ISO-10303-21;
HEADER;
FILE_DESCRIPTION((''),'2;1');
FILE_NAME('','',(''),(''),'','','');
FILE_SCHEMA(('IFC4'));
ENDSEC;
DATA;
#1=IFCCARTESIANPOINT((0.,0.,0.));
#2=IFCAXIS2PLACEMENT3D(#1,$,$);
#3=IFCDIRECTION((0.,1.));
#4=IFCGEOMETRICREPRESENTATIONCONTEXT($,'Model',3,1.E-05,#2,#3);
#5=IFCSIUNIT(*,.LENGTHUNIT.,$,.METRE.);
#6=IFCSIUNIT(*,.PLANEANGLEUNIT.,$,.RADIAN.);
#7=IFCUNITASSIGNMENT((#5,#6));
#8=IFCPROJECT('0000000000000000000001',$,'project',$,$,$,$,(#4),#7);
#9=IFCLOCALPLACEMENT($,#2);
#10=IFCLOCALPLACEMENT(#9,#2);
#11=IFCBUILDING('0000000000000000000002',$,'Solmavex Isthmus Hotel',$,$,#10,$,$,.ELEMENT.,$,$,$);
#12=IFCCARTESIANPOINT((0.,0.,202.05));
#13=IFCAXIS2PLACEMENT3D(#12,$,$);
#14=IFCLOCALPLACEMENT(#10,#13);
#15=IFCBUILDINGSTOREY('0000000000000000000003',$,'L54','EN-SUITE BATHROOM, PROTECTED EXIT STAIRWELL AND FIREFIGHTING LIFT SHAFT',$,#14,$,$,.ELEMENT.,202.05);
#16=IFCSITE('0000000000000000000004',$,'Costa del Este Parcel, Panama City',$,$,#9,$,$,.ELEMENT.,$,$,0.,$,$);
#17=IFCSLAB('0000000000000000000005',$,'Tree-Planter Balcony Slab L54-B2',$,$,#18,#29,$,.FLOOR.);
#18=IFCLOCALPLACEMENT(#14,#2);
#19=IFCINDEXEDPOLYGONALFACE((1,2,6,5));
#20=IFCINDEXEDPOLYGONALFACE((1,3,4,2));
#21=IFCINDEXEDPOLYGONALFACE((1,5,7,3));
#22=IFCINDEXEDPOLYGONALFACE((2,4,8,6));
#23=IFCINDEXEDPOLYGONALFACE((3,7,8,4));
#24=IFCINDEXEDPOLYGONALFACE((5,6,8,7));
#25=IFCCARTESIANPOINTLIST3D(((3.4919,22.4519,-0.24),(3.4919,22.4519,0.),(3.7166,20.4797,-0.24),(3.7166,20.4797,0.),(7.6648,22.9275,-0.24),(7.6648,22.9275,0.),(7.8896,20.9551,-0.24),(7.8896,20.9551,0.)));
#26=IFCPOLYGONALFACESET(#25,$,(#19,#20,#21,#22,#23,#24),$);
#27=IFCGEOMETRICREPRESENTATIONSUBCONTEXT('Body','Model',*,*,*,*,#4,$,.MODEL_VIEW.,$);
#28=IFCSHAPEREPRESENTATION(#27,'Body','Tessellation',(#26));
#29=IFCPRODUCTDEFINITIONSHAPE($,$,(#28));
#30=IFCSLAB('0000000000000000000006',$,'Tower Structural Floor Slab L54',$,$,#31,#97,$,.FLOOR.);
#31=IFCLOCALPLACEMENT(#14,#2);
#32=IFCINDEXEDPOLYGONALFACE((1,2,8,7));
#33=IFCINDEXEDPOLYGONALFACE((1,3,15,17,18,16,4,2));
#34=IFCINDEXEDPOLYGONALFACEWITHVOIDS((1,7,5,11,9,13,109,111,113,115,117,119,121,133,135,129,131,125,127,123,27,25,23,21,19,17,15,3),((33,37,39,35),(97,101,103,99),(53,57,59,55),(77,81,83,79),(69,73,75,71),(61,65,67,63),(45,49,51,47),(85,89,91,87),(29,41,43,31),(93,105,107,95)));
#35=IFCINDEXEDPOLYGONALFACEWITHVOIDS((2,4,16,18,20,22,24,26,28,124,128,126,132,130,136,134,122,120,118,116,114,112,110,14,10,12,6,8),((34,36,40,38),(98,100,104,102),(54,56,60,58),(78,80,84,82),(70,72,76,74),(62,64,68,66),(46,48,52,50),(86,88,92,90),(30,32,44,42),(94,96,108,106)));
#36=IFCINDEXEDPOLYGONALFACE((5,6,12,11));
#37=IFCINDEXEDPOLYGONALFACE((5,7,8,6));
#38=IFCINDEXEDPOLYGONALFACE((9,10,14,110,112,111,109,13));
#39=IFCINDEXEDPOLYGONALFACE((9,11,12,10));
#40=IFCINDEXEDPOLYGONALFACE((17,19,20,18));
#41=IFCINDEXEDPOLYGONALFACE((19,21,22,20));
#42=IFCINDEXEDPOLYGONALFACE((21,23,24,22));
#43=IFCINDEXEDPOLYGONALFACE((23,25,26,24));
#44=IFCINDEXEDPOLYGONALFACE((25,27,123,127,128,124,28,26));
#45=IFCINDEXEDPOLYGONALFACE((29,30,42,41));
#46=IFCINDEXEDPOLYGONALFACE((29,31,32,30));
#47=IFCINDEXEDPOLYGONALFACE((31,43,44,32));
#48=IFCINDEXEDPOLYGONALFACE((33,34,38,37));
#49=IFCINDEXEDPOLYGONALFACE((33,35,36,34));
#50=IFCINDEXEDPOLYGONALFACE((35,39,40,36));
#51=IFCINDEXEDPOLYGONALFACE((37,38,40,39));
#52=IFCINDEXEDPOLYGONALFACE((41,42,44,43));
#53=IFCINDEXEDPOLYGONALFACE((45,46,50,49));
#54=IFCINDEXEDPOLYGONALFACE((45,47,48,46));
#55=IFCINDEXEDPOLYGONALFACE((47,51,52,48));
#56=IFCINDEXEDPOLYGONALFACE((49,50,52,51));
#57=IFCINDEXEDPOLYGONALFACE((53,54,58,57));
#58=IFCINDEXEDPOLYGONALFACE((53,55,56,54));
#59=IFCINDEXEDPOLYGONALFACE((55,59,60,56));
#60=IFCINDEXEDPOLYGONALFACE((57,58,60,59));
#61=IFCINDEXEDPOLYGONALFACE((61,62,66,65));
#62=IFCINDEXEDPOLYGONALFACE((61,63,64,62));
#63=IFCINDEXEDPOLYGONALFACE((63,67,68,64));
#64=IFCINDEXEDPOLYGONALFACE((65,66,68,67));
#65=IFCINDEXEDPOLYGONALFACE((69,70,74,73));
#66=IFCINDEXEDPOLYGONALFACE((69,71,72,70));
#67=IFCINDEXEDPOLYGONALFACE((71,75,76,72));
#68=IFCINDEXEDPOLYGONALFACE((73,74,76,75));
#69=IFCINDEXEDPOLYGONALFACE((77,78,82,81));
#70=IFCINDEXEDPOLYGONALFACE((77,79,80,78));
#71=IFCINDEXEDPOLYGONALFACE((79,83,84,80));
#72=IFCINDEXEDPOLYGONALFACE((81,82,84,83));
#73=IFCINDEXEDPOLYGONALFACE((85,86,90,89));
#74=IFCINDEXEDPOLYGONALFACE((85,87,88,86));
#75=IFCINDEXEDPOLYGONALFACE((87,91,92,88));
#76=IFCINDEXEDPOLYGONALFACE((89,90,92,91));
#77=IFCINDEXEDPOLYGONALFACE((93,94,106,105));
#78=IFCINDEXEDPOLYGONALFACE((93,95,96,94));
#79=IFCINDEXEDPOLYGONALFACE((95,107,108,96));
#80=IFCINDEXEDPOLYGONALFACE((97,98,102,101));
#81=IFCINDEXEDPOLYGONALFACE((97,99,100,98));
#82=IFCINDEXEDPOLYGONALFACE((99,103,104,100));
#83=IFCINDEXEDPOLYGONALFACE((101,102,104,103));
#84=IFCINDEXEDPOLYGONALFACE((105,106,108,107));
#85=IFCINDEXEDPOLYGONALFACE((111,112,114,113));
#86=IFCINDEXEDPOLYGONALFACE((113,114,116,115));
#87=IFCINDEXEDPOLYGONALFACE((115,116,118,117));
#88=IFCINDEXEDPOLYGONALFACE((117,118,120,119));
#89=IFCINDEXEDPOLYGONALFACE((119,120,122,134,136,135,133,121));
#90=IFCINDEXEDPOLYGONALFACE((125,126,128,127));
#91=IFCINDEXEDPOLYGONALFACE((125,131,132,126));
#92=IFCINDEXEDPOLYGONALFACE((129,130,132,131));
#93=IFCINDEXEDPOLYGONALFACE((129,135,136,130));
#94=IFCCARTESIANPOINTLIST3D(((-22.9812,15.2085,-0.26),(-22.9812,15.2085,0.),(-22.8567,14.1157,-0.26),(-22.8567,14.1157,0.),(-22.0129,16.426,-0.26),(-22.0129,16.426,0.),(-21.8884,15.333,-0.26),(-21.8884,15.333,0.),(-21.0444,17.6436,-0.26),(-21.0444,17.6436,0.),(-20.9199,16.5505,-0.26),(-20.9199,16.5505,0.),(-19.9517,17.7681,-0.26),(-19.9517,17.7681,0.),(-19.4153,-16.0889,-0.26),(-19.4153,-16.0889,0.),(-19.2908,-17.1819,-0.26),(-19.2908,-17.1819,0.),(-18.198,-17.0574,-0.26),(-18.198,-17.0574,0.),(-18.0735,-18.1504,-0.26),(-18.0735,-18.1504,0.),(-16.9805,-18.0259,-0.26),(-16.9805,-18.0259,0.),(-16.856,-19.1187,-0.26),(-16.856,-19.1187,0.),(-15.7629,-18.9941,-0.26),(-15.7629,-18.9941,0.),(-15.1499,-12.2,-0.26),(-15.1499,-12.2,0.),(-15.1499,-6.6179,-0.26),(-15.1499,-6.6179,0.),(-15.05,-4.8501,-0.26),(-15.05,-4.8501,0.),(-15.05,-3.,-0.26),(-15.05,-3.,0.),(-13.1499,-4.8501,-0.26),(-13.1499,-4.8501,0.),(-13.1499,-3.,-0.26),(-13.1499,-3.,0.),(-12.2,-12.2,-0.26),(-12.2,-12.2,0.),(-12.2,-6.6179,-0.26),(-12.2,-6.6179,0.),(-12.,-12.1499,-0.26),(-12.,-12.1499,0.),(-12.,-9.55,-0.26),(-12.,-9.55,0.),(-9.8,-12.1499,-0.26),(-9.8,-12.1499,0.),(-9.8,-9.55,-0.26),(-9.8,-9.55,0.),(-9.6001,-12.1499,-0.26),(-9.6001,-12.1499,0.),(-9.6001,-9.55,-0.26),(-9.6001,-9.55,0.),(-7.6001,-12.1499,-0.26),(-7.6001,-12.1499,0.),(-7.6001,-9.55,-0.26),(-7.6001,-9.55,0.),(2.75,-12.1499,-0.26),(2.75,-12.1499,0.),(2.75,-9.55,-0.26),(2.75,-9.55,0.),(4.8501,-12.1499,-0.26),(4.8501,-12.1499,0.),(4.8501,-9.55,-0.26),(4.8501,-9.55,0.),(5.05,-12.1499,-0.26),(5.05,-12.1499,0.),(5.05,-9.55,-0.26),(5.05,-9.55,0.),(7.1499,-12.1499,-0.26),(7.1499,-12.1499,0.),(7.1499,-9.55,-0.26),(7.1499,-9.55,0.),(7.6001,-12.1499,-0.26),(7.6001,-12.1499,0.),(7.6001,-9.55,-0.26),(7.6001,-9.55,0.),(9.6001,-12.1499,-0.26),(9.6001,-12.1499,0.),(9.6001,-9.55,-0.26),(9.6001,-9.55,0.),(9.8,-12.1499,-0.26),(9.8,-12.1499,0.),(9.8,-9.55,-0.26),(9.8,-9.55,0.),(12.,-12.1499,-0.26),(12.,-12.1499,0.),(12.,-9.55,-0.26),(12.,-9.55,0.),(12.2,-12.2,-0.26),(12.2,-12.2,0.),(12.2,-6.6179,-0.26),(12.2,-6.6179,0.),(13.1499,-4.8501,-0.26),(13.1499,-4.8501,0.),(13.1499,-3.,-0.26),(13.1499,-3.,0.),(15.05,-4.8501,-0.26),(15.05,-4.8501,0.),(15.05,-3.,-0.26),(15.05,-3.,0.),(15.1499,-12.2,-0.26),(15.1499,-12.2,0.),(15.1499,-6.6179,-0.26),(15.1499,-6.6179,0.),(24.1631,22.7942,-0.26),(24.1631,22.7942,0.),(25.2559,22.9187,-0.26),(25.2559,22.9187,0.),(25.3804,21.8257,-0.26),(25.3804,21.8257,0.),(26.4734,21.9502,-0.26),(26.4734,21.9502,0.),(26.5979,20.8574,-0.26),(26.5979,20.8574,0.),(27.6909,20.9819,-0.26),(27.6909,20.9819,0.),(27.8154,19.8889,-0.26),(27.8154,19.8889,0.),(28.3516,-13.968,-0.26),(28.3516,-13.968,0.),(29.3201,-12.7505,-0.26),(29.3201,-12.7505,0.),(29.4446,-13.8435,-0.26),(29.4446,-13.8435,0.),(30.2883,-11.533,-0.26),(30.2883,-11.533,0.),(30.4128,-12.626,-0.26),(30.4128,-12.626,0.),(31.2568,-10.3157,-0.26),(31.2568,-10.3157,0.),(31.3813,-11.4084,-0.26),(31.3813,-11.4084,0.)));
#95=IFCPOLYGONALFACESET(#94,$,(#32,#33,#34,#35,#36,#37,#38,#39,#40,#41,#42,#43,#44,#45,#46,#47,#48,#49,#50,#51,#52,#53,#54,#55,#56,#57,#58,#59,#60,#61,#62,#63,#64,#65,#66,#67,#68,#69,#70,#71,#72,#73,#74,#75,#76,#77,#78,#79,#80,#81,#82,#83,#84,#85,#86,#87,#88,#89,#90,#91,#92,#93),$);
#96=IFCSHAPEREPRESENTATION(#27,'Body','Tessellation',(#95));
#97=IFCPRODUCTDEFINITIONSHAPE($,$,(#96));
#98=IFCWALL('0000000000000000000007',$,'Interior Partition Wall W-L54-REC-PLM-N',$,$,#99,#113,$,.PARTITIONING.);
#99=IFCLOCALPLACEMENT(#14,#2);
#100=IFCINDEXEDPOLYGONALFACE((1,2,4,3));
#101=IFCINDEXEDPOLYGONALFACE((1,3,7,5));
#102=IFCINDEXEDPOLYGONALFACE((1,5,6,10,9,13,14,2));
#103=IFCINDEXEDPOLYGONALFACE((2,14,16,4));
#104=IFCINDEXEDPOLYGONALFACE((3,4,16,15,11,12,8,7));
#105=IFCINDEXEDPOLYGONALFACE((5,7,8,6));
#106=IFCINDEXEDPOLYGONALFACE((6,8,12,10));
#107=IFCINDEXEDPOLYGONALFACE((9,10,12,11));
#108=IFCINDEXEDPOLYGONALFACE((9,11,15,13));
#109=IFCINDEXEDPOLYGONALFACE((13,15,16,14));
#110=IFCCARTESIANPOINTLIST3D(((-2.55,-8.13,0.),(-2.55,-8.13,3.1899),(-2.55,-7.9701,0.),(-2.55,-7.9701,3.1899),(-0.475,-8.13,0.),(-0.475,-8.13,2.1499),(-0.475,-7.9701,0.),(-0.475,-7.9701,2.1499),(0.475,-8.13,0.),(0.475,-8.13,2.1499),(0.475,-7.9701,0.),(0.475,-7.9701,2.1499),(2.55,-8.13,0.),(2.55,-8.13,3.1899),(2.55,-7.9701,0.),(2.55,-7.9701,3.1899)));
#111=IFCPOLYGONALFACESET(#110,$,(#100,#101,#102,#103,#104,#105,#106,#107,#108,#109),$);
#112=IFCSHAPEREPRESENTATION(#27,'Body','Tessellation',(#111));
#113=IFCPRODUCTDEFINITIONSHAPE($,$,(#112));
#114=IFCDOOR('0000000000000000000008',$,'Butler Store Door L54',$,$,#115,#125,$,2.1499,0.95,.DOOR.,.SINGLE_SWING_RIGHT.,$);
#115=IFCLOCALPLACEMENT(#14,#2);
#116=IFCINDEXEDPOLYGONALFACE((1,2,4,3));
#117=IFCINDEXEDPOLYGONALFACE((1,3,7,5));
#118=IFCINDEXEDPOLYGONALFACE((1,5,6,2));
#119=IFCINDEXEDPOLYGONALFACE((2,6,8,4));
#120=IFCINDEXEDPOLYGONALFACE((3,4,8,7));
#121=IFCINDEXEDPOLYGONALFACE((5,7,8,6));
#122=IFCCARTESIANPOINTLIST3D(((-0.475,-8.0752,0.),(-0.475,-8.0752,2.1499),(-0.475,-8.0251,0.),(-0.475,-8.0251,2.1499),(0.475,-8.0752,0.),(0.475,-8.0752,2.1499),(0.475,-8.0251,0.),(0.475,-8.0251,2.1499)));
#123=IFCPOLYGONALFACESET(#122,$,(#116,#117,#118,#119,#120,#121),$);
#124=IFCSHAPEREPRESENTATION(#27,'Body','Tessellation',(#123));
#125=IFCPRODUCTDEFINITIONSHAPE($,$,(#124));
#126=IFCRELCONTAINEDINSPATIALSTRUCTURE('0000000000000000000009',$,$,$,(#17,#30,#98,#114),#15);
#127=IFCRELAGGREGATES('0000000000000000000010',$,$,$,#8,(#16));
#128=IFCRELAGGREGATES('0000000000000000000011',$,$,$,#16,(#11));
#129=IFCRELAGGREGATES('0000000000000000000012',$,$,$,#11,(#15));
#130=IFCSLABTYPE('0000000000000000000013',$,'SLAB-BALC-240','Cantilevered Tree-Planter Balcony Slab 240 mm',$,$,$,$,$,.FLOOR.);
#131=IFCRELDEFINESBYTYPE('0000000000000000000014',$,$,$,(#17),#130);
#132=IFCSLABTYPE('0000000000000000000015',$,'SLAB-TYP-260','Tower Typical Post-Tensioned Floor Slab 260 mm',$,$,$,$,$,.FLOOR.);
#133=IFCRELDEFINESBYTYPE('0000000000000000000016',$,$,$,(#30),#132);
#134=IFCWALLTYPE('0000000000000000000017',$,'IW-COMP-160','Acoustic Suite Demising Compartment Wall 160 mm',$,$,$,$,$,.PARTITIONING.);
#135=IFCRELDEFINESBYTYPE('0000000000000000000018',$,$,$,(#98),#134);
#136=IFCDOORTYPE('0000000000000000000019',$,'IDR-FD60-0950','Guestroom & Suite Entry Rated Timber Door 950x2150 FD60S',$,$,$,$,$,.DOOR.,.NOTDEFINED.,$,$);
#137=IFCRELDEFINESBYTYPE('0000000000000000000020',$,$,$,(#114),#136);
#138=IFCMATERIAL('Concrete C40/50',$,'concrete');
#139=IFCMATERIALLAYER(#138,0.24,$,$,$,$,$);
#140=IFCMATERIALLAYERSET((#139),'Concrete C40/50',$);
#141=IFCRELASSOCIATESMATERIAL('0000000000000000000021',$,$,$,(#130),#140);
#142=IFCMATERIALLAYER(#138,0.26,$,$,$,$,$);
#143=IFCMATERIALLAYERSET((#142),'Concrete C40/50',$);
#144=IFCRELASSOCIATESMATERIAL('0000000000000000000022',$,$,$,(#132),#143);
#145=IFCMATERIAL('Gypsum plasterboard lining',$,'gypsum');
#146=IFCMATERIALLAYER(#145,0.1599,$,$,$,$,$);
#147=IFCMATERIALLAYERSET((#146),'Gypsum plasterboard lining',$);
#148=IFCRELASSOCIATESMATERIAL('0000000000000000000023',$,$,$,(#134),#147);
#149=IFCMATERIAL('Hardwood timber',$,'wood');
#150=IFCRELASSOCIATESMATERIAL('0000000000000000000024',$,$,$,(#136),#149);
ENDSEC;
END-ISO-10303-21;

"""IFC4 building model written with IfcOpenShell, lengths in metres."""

from ifc_helpers import new_model, si_unit, direction, frame, frame_2d, origin, place, context, subcontext, project, spatial, polyline, rectangle, outline, extrude, material, layer, layer_set, type_object, element, fill, save


model = new_model("IFC4")

# Units and contexts
model_context = context("Model", 3, precision=1e-05, world=origin(), true_north=direction((0.0, 1.0)))
body_context = subcontext(model_context, "Body", "Model", "MODEL_VIEW")
ifc_project = project(units=[si_unit("LENGTHUNIT", "METRE"), si_unit("PLANEANGLEUNIT", "RADIAN")], contexts=[model_context])

# Site, building, storey
site_placement = place(None, origin())
site = spatial("IfcSite", under=ifc_project, at=site_placement, Name="Costa del Este Parcel, Panama City", CompositionType="ELEMENT", RefElevation=0.0)
building_placement = place(site_placement, origin())
building = spatial("IfcBuilding", under=site, at=building_placement, Name="Solmavex Isthmus Hotel", CompositionType="ELEMENT")
storey_placement = place(building_placement, frame((0.0, 0.0, 202.05)))
storey = spatial("IfcBuildingStorey", under=building, at=storey_placement, Name="L54", Description="EN-SUITE BATHROOM, PROTECTED EXIT STAIRWELL AND FIREFIGHTING LIFT SHAFT", CompositionType="ELEMENT", Elevation=202.05)

# Slabs
ifc_material_1 = material(Name="Concrete C40/50", Category="concrete")
ifc_layer_1 = layer(ifc_material_1, 0.24)
ifc_layer_set_1 = layer_set([ifc_layer_1], Name="Concrete C40/50")
slab_type_1 = type_object("IfcSlabType", Name="SLAB-BALC-240", Description="Cantilevered Tree-Planter Balcony Slab 240 mm", PredefinedType="FLOOR", material=ifc_layer_set_1)
slab_1_placement = place(storey_placement, frame((0.0, 0.0, -0.24)))
element("IfcSlab", 1, at=slab_1_placement, inside=storey, type_object=slab_type_1, Name="Tree-Planter Balcony Slab L54-B2", PredefinedType="FLOOR", context=body_context, shape_type="SweptSolid", body=[
    extrude(outline(polyline([(3.7166, 20.4797), (7.8896, 20.9551), (7.6648, 22.9275), (3.4919, 22.4519), (3.7166, 20.4797)])), origin(), (0.0, 0.0, 1.0), 0.24),
])
ifc_layer_2 = layer(ifc_material_1, 0.26)
ifc_layer_set_2 = layer_set([ifc_layer_2], Name="Concrete C40/50")
slab_type_2 = type_object("IfcSlabType", Name="SLAB-TYP-260", Description="Tower Typical Post-Tensioned Floor Slab 260 mm", PredefinedType="FLOOR", material=ifc_layer_set_2)
slab_2_placement = place(storey_placement, frame((0.0, 0.0, -0.26)))
element("IfcSlab", 2, at=slab_2_placement, inside=storey, type_object=slab_type_2, Name="Tower Structural Floor Slab L54", PredefinedType="FLOOR", context=body_context, shape_type="SweptSolid", body=[
    extrude(outline(polyline([(-15.7629, -18.9941), (28.3516, -13.968), (29.4446, -13.8435), (29.3201, -12.7505), (30.4128, -12.626), (30.2883, -11.533), (31.3813, -11.4084), (31.2568, -10.3157), (27.8154, 19.8889), (27.6909, 20.9819), (26.5979, 20.8574), (26.4734, 21.9502), (25.3804, 21.8257), (25.2559, 22.9187), (24.1631, 22.7942), (-19.9517, 17.7681), (-21.0444, 17.6436), (-20.9199, 16.5505), (-22.0129, 16.426), (-21.8884, 15.333), (-22.9812, 15.2085), (-22.8567, 14.1157), (-19.4153, -16.0889), (-19.2908, -17.1819), (-18.198, -17.0574), (-18.0735, -18.1504), (-16.9805, -18.0259), (-16.856, -19.1187), (-15.7629, -18.9941)]), holes=[polyline([(-15.1499, -6.6179), (-15.1499, -12.2), (-12.2, -12.2), (-12.2, -6.6179), (-15.1499, -6.6179)]), polyline([(12.2, -6.6179), (12.2, -12.2), (15.1499, -12.2), (15.1499, -6.6179), (12.2, -6.6179)]), polyline([(-12.0, -12.1499), (-9.8, -12.1499), (-9.8, -9.55), (-12.0, -9.55), (-12.0, -12.1499)]), polyline([(9.8, -12.1499), (12.0, -12.1499), (12.0, -9.55), (9.8, -9.55), (9.8, -12.1499)]), polyline([(-9.6001, -12.1499), (-7.6001, -12.1499), (-7.6001, -9.55), (-9.6001, -9.55), (-9.6001, -12.1499)]), polyline([(7.6001, -12.1499), (9.6001, -12.1499), (9.6001, -9.55), (7.6001, -9.55), (7.6001, -12.1499)]), polyline([(2.75, -12.1499), (4.8501, -12.1499), (4.8501, -9.55), (2.75, -9.55), (2.75, -12.1499)]), polyline([(5.05, -12.1499), (7.1499, -12.1499), (7.1499, -9.55), (5.05, -9.55), (5.05, -12.1499)]), polyline([(-15.05, -4.8501), (-13.1499, -4.8501), (-13.1499, -3.0), (-15.05, -3.0), (-15.05, -4.8501)]), polyline([(13.1499, -4.8501), (15.05, -4.8501), (15.05, -3.0), (13.1499, -3.0), (13.1499, -4.8501)])]), origin(), (0.0, 0.0, 1.0), 0.26),
])

# Wall, opening, door
ifc_material_2 = material(Name="Gypsum plasterboard lining", Category="gypsum")
ifc_layer_3 = layer(ifc_material_2, 0.1599)
ifc_layer_set_3 = layer_set([ifc_layer_3], Name="Gypsum plasterboard lining")
wall_type_1 = type_object("IfcWallType", Name="IW-COMP-160", Description="Acoustic Suite Demising Compartment Wall 160 mm", PredefinedType="PARTITIONING", material=ifc_layer_set_3)
ifc_material_3 = material(Name="Hardwood timber", Category="wood")
door_type_1 = type_object("IfcDoorType", Name="IDR-FD60-0950", Description="Guestroom & Suite Entry Rated Timber Door 950x2150 FD60S", OperationType="NOTDEFINED", PredefinedType="DOOR", material=ifc_material_3)
wall_1_placement = place(storey_placement, frame((-2.55, -8.05, 0.0), z_axis=(0.0, 0.0, 1.0), x_axis=(1.0, 0.0, 0.0)))
wall_1 = element("IfcWall", 3, at=wall_1_placement, inside=storey, type_object=wall_type_1, Name="Interior Partition Wall W-L54-REC-PLM-N", PredefinedType="PARTITIONING", context=body_context, shape_type="SweptSolid", body=[
    extrude(rectangle(XDim=5.1001, YDim=0.1599, at=frame_2d((2.55, 0.0))), origin(), (0.0, 0.0, 1.0), 3.1899),
])
opening_1_placement = place(wall_1_placement, frame((2.075, 0.0, 0.0)))
opening_1 = element("IfcOpeningElement", 4, at=opening_1_placement, cuts=wall_1, PredefinedType="OPENING", context=body_context, shape_type="SweptSolid", body=[
    extrude(rectangle(XDim=0.95, YDim=2.1499, at=frame_2d((0.4751, 1.075))), frame((0.0, 0.0898, 0.0), z_axis=(0.0, -1.0, 0.0), x_axis=(1.0, 0.0, 0.0)), (0.0, 0.0, 1.0), 0.1799),
])
door_1_placement = place(opening_1_placement, origin())
door_1 = element("IfcDoor", 5, at=door_1_placement, inside=storey, type_object=door_type_1, Name="Butler Store Door L54", OperationType="SINGLE_SWING_RIGHT", OverallHeight=2.1499, OverallWidth=0.95, PredefinedType="DOOR", context=body_context, shape_type="SweptSolid", body=[
    extrude(rectangle(XDim=0.95, YDim=2.1499, at=frame_2d((0.4751, 1.075))), frame((0.0, 0.0249, 0.0), z_axis=(0.0, -1.0, 0.0), x_axis=(1.0, 0.0, 0.0)), (0.0, 0.0, 1.0), 0.05),
])
fill(opening_1, door_1)

save(model, "model.ifc")
